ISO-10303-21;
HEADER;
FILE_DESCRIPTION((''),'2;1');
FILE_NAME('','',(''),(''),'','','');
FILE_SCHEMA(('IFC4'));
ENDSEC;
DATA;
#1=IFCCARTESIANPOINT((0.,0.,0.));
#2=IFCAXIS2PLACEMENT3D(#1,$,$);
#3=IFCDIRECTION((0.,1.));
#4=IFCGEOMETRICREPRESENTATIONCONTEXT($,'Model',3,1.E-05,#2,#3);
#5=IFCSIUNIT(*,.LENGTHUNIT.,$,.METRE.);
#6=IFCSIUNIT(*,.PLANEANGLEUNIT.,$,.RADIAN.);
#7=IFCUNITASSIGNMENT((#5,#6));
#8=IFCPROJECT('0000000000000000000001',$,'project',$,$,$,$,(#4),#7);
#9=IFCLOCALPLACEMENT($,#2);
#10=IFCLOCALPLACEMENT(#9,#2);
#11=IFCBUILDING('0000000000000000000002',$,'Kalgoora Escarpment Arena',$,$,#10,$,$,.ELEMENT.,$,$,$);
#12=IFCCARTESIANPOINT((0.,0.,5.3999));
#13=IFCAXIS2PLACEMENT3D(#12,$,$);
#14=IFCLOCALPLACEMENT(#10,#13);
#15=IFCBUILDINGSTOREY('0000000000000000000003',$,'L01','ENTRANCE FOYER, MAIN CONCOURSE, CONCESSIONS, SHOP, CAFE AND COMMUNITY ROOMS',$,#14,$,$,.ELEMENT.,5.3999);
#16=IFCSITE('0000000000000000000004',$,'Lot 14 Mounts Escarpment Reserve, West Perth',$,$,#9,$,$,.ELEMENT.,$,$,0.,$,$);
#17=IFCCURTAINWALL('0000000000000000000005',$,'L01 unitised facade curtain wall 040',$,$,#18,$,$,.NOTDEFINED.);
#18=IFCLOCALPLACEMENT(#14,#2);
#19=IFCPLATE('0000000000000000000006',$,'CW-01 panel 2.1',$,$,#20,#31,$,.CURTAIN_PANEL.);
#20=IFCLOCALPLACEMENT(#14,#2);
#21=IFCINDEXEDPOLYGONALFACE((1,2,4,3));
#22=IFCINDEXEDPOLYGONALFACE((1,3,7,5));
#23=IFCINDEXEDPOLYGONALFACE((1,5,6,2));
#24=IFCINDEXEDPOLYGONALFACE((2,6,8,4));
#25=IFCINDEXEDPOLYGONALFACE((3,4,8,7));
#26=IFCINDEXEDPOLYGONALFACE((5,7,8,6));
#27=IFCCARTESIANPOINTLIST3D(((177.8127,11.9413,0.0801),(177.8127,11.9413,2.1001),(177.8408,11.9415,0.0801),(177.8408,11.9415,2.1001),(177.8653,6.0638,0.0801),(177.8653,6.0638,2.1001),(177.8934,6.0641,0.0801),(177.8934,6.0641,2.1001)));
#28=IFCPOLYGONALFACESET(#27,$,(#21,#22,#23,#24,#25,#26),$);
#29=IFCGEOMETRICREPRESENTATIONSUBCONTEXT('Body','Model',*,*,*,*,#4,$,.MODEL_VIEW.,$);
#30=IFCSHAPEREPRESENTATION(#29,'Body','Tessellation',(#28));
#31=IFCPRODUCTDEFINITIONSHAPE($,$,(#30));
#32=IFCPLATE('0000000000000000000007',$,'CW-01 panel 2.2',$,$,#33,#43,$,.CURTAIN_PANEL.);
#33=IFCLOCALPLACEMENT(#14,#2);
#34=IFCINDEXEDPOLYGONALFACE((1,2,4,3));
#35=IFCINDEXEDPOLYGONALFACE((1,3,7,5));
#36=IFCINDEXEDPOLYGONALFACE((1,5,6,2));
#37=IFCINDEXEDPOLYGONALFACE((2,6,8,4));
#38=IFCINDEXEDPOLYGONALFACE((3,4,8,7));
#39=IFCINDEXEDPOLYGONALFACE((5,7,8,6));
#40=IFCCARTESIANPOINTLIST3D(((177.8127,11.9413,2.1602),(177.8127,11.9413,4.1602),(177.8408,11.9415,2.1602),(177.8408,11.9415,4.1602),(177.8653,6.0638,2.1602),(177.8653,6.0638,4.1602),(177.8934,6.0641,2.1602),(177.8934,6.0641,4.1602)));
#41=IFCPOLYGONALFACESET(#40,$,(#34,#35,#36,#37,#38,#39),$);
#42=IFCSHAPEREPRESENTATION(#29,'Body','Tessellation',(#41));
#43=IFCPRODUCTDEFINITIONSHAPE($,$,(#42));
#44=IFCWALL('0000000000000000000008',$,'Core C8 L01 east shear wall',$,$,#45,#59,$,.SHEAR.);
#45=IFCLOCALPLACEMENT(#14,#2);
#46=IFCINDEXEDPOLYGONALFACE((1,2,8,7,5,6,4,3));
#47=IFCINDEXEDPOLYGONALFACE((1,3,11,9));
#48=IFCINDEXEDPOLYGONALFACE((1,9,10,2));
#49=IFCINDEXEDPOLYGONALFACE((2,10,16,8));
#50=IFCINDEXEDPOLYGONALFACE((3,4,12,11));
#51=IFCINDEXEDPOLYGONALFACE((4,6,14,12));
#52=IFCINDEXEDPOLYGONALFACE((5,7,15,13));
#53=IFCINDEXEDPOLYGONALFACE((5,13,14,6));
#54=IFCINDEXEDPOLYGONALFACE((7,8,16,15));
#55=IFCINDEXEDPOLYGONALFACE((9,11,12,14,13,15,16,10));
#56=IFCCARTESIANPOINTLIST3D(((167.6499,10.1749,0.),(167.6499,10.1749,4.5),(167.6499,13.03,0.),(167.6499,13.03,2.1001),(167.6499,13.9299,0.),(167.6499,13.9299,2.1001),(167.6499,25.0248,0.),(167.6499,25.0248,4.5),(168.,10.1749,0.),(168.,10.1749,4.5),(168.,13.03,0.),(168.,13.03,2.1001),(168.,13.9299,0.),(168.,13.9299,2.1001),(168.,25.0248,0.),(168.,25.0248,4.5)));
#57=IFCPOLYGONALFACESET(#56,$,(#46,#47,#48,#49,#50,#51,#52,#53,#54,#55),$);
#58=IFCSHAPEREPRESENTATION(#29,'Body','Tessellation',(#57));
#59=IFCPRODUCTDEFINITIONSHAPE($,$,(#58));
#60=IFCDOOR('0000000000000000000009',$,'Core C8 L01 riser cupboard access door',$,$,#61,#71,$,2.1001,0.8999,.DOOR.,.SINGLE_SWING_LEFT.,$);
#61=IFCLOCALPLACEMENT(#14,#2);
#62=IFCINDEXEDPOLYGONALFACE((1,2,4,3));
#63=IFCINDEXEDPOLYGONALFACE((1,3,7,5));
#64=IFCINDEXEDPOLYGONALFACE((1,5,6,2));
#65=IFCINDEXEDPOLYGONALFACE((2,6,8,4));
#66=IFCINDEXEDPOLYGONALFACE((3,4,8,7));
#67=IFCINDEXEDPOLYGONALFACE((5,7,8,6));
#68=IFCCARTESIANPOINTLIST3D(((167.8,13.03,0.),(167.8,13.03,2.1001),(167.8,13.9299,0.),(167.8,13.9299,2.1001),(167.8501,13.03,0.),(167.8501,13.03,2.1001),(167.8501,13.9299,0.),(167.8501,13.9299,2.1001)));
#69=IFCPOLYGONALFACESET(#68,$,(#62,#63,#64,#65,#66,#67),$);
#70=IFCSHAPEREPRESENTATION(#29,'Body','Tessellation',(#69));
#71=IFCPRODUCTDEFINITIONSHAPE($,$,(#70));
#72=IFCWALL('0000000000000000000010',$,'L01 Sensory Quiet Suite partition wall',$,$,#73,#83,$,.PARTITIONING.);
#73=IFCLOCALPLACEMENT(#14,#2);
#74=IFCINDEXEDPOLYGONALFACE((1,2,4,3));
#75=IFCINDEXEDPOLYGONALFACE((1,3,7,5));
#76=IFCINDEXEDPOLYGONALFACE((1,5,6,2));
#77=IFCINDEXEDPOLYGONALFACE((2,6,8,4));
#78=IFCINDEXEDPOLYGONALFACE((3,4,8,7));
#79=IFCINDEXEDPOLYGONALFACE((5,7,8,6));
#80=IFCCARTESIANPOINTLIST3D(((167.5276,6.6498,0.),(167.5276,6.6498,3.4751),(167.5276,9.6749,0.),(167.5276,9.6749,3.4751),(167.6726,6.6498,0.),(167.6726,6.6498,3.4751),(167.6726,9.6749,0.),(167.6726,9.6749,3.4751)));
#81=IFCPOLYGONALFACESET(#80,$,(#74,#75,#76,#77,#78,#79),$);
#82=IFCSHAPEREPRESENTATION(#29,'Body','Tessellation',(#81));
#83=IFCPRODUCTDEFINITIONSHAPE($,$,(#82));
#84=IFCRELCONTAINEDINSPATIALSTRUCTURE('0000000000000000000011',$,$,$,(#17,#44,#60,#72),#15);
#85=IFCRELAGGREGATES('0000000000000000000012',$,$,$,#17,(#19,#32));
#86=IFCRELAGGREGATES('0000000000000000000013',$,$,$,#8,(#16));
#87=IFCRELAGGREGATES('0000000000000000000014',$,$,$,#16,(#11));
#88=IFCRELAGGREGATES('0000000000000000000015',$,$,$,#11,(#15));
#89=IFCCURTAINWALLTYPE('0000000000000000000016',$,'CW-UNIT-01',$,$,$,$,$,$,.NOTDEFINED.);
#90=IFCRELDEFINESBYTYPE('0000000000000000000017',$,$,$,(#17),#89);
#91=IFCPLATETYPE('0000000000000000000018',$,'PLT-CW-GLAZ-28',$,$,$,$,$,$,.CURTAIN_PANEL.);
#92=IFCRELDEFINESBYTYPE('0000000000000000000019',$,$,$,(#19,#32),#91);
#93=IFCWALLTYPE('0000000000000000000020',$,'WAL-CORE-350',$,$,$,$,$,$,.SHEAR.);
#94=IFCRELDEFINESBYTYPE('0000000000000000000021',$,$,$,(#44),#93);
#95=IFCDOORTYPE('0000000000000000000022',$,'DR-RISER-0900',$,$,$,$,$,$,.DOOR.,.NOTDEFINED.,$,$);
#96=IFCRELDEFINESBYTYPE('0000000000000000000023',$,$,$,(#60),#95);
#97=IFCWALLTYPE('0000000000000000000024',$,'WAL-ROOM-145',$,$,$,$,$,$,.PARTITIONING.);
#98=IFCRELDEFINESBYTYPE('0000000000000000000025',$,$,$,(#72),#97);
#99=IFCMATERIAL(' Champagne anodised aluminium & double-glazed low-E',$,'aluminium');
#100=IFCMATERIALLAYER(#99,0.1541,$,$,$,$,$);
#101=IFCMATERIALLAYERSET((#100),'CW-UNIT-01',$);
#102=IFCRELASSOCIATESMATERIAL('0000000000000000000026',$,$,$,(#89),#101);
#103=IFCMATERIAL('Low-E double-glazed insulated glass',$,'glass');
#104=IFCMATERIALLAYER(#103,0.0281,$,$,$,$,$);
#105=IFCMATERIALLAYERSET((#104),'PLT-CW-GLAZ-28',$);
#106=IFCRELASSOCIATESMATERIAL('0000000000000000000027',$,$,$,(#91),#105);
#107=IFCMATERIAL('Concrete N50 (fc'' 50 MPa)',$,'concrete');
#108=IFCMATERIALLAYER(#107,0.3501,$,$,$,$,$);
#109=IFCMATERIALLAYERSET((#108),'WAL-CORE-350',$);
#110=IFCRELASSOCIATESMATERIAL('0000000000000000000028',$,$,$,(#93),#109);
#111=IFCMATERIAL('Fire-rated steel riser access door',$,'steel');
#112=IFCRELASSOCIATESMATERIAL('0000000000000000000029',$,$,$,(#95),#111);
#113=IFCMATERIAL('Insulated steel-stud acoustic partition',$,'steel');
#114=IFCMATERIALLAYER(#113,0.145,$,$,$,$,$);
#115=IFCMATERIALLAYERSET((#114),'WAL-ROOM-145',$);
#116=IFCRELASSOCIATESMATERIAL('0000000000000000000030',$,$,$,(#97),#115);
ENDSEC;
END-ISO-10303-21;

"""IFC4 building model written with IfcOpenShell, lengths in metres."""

from ifc_helpers import new_model, si_unit, direction, frame, frame_2d, origin, origin_2d, place, context, subcontext, project, spatial, rectangle, extrude, material, layer, layer_set, type_object, element, fill, aggregate, save


model = new_model("IFC4")

# Units and contexts
model_context = context("Model", 3, precision=1e-05, world=origin(), true_north=direction((0.0, 1.0)))
body_context = subcontext(model_context, "Body", "Model", "MODEL_VIEW")
ifc_project = project(units=[si_unit("LENGTHUNIT", "METRE"), si_unit("PLANEANGLEUNIT", "RADIAN")], contexts=[model_context])

# Site, building, storey
site_placement = place(None, origin())
site = spatial("IfcSite", under=ifc_project, at=site_placement, Name="Lot 14 Mounts Escarpment Reserve, West Perth", CompositionType="ELEMENT", RefElevation=0.0)
building_placement = place(site_placement, origin())
building = spatial("IfcBuilding", under=site, at=building_placement, Name="Kalgoora Escarpment Arena", CompositionType="ELEMENT")
storey_placement = place(building_placement, frame((0.0, 0.0, 5.3999)))
storey = spatial("IfcBuildingStorey", under=building, at=storey_placement, Name="L01", Description="ENTRANCE FOYER, MAIN CONCOURSE, CONCESSIONS, SHOP, CAFE AND COMMUNITY ROOMS", CompositionType="ELEMENT", Elevation=5.3999)

# Curtain wall
ifc_material_1 = material(Name=" Champagne anodised aluminium & double-glazed low-E", Category="aluminium")
ifc_layer_1 = layer(ifc_material_1, 0.1541)
ifc_layer_set_1 = layer_set([ifc_layer_1], Name="CW-UNIT-01")
curtain_wall_type = type_object("IfcCurtainWallType", Name="CW-UNIT-01", PredefinedType="NOTDEFINED", material=ifc_layer_set_1)
curtain_wall_placement = place(storey_placement, origin())
curtain_wall = element("IfcCurtainWall", 1, at=curtain_wall_placement, inside=storey, type_object=curtain_wall_type, Name="L01 unitised facade curtain wall 040", PredefinedType="NOTDEFINED")

# Plates
ifc_material_2 = material(Name="Low-E double-glazed insulated glass", Category="glass")
ifc_layer_2 = layer(ifc_material_2, 0.0281)
ifc_layer_set_2 = layer_set([ifc_layer_2], Name="PLT-CW-GLAZ-28")
plate_type_1 = type_object("IfcPlateType", Name="PLT-CW-GLAZ-28", PredefinedType="CURTAIN_PANEL", material=ifc_layer_set_2)
plate_1_placement = place(storey_placement, frame((177.853, 9.0027, 0.0801), z_axis=(0.0, 0.0, 1.0), x_axis=(0.008954, -0.99996, 0.0)))
plate_1 = element("IfcPlate", 2, at=plate_1_placement, type_object=plate_type_1, Name="CW-01 panel 2.1", PredefinedType="CURTAIN_PANEL", context=body_context, shape_type="SweptSolid", body=[
    extrude(rectangle(XDim=5.8777, YDim=0.0281, at=origin_2d()), origin(), (0.0, 0.0, 1.0), 2.02),
])
plate_2_placement = place(storey_placement, frame((177.853, 9.0027, 2.1602), z_axis=(0.0, 0.0, 1.0), x_axis=(0.008954, -0.99996, 0.0)))
plate_2 = element("IfcPlate", 3, at=plate_2_placement, type_object=plate_type_1, Name="CW-01 panel 2.2", PredefinedType="CURTAIN_PANEL", context=body_context, shape_type="SweptSolid", body=[
    extrude(rectangle(XDim=5.8777, YDim=0.0281, at=origin_2d()), origin(), (0.0, 0.0, 1.0), 2.0),
])
aggregate(curtain_wall, [plate_1, plate_2])

# Wall, opening, door
ifc_material_3 = material(Name="Concrete N50 (fc' 50 MPa)", Category="concrete")
ifc_layer_3 = layer(ifc_material_3, 0.3501)
ifc_layer_set_3 = layer_set([ifc_layer_3], Name="WAL-CORE-350")
wall_type_1 = type_object("IfcWallType", Name="WAL-CORE-350", PredefinedType="SHEAR", material=ifc_layer_set_3)
wall_1_placement = place(storey_placement, frame((167.825, 10.175, 0.0), z_axis=(0.0, 0.0, 1.0), x_axis=(0.0, 1.0, 0.0)))
wall_1 = element("IfcWall", 4, at=wall_1_placement, inside=storey, type_object=wall_type_1, Name="Core C8 L01 east shear wall", PredefinedType="SHEAR", context=body_context, shape_type="SweptSolid", body=[
    extrude(rectangle(XDim=14.8499, YDim=0.3501, at=frame_2d((7.4248, 0.0))), origin(), (0.0, 0.0, 1.0), 4.5),
])
opening_placement = place(wall_1_placement, frame((2.855, 0.0, 0.0)))
opening = element("IfcOpeningElement", 5, at=opening_placement, cuts=wall_1, PredefinedType="OPENING", context=body_context, shape_type="SweptSolid", body=[
    extrude(rectangle(XDim=0.8999, YDim=2.1001, at=frame_2d((0.45, 1.05))), frame((0.0, 0.1851, 0.0), z_axis=(0.0, -1.0, 0.0), x_axis=(1.0, 0.0, 0.0)), (0.0, 0.0, 1.0), 0.3701),
])
ifc_material_4 = material(Name="Fire-rated steel riser access door", Category="steel")
door_type = type_object("IfcDoorType", Name="DR-RISER-0900", OperationType="NOTDEFINED", PredefinedType="DOOR", material=ifc_material_4)
door_placement = place(opening_placement, origin())
door = element("IfcDoor", 6, at=door_placement, inside=storey, type_object=door_type, Name="Core C8 L01 riser cupboard access door", OperationType="SINGLE_SWING_LEFT", OverallHeight=2.1001, OverallWidth=0.8999, PredefinedType="DOOR", context=body_context, shape_type="SweptSolid", body=[
    extrude(rectangle(XDim=0.8999, YDim=2.1001, at=frame_2d((0.45, 1.05))), frame((0.0, 0.0249, 0.0), z_axis=(0.0, -1.0, 0.0), x_axis=(1.0, 0.0, 0.0)), (0.0, 0.0, 1.0), 0.05),
])
fill(opening, door)

# Wall
ifc_material_5 = material(Name="Insulated steel-stud acoustic partition", Category="steel")
ifc_layer_4 = layer(ifc_material_5, 0.145)
ifc_layer_set_4 = layer_set([ifc_layer_4], Name="WAL-ROOM-145")
wall_type_2 = type_object("IfcWallType", Name="WAL-ROOM-145", PredefinedType="PARTITIONING", material=ifc_layer_set_4)
wall_2_placement = place(storey_placement, frame((167.6001, 9.675, 0.0), z_axis=(0.0, 0.0, 1.0), x_axis=(0.0, -1.0, 0.0)))
element("IfcWall", 7, at=wall_2_placement, inside=storey, type_object=wall_type_2, Name="L01 Sensory Quiet Suite partition wall", PredefinedType="PARTITIONING", context=body_context, shape_type="SweptSolid", body=[
    extrude(rectangle(XDim=3.0251, YDim=0.145, at=frame_2d((1.5127, 0.0))), origin(), (0.0, 0.0, 1.0), 3.4751),
])

save(model, "model.ifc")
